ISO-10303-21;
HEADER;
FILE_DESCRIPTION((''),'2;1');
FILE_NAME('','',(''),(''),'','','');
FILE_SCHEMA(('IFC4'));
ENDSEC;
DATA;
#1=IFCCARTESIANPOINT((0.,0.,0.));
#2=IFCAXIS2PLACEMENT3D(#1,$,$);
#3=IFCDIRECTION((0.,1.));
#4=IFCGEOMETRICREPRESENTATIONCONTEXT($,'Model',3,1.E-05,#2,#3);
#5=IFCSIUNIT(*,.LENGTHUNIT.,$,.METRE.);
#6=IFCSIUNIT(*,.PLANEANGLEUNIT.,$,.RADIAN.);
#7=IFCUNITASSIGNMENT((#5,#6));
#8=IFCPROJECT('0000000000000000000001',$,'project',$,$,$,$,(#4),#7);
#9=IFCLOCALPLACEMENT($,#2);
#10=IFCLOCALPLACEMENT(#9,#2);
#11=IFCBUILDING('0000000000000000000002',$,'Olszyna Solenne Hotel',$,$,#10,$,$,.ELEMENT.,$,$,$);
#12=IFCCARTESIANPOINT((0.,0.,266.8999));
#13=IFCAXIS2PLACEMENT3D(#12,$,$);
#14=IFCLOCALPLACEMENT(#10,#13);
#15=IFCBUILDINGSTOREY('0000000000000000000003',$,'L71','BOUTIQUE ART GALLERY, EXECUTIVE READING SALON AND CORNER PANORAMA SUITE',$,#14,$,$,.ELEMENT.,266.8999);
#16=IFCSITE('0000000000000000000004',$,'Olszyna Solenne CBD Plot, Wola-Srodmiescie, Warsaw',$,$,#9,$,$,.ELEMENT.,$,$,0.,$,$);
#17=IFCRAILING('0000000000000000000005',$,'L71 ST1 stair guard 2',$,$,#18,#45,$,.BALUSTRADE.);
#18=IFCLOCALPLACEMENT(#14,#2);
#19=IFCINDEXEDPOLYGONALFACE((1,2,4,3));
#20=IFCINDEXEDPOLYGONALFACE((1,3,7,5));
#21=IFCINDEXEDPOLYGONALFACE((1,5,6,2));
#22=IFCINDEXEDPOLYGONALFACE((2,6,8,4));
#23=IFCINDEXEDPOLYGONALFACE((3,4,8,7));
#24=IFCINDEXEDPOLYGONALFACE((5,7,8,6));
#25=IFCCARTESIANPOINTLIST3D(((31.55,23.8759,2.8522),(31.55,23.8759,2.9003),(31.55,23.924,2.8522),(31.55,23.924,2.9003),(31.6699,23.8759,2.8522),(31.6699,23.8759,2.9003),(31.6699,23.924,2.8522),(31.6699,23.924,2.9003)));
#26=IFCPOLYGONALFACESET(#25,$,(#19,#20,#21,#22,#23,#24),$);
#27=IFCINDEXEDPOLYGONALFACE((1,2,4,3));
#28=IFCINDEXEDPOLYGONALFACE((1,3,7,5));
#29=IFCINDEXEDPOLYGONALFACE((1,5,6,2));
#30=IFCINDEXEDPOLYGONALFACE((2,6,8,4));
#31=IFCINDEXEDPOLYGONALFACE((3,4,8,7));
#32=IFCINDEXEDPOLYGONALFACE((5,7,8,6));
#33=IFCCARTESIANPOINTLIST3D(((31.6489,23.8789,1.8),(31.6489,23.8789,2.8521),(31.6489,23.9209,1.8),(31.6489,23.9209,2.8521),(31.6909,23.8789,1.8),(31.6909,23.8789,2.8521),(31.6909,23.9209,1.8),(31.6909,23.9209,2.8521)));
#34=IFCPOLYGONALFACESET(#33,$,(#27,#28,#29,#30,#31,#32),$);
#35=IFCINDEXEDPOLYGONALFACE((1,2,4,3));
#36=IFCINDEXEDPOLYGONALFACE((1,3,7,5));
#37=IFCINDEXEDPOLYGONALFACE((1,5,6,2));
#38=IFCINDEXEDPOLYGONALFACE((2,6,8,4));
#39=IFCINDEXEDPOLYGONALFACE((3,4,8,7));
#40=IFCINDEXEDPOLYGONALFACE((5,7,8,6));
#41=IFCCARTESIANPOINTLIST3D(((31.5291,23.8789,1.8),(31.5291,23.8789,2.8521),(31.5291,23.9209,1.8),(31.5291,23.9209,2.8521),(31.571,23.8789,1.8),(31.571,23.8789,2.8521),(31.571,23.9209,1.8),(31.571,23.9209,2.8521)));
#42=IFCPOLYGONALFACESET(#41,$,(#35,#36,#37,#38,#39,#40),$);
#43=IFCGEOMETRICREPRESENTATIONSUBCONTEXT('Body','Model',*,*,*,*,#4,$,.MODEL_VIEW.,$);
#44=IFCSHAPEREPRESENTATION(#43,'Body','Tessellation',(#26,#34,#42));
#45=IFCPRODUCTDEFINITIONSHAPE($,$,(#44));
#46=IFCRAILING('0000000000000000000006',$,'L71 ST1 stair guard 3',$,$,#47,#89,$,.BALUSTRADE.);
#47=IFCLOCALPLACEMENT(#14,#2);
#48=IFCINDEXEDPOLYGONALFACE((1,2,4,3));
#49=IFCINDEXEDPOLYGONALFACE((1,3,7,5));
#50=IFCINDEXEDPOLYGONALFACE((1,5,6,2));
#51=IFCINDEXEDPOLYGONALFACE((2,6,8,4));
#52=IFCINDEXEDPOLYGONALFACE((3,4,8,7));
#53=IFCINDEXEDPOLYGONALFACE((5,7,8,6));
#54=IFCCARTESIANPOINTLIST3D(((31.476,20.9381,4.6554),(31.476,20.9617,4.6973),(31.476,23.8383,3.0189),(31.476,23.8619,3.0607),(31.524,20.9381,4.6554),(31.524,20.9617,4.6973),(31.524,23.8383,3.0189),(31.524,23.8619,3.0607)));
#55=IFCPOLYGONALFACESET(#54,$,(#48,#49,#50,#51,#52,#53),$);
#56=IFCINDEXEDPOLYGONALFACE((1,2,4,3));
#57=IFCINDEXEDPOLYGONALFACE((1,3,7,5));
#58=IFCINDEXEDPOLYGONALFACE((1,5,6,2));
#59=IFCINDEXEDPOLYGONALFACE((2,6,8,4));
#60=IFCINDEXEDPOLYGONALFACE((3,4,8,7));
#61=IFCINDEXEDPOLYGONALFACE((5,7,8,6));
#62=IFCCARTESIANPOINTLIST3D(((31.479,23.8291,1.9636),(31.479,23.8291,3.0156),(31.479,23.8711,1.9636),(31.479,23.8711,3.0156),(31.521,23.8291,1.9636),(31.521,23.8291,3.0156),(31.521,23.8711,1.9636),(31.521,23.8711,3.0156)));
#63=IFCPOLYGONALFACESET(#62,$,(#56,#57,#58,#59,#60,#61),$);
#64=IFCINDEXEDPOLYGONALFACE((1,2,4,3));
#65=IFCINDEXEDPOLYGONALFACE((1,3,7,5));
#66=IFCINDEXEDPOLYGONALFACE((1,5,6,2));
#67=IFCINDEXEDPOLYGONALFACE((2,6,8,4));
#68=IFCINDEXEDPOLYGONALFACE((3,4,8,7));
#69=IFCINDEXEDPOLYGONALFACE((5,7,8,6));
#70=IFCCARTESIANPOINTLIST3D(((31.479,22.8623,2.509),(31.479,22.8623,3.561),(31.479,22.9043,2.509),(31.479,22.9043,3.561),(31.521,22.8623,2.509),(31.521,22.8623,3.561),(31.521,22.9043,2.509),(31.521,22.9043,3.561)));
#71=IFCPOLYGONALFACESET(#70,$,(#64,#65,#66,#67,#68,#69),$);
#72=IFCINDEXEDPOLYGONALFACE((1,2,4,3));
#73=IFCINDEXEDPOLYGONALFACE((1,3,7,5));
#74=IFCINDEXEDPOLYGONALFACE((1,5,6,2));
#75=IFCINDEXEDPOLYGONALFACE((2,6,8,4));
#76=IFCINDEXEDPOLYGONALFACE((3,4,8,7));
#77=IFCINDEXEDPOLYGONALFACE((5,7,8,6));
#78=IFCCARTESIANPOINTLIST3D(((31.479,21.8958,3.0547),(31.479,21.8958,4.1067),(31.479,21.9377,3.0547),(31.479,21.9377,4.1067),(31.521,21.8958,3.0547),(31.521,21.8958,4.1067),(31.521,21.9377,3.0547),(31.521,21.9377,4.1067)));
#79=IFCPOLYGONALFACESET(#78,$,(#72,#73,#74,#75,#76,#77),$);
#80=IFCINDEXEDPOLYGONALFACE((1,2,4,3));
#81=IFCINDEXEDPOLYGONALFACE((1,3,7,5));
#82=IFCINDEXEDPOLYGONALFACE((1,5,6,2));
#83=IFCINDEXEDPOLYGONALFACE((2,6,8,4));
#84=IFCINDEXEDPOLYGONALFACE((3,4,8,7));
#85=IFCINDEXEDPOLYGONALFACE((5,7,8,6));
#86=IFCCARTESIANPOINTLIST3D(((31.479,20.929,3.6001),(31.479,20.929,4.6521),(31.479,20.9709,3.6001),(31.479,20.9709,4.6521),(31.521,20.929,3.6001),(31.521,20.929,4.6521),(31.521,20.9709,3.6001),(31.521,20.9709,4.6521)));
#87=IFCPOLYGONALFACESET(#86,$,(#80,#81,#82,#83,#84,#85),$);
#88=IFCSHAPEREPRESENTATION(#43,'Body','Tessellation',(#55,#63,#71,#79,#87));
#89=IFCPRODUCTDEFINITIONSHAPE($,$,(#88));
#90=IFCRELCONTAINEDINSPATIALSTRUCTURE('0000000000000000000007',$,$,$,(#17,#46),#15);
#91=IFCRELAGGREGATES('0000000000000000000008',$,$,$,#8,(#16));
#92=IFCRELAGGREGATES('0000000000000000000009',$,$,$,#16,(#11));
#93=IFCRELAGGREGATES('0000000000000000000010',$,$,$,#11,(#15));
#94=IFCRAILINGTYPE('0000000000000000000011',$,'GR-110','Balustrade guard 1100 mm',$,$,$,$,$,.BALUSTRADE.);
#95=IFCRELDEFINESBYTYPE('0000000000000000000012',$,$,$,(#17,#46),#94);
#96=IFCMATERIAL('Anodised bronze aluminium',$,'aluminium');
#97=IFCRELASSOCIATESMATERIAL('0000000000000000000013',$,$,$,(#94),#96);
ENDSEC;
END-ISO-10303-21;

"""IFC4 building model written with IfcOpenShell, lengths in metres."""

from ifc_helpers import new_model, si_unit, direction, frame, origin, origin_2d, place, context, subcontext, project, spatial, rectangle, extrude, material, type_object, element, save


model = new_model("IFC4")

# Units and contexts
model_context = context("Model", 3, precision=1e-05, world=origin(), true_north=direction((0.0, 1.0)))
body_context = subcontext(model_context, "Body", "Model", "MODEL_VIEW")
ifc_project = project(units=[si_unit("LENGTHUNIT", "METRE"), si_unit("PLANEANGLEUNIT", "RADIAN")], contexts=[model_context])

# Site, building, storey
site_placement = place(None, origin())
site = spatial("IfcSite", under=ifc_project, at=site_placement, Name="Olszyna Solenne CBD Plot, Wola-Srodmiescie, Warsaw", CompositionType="ELEMENT", RefElevation=0.0)
building_placement = place(site_placement, origin())
building = spatial("IfcBuilding", under=site, at=building_placement, Name="Olszyna Solenne Hotel", CompositionType="ELEMENT")
storey_placement = place(building_placement, frame((0.0, 0.0, 266.8999)))
storey = spatial("IfcBuildingStorey", under=building, at=storey_placement, Name="L71", Description="BOUTIQUE ART GALLERY, EXECUTIVE READING SALON AND CORNER PANORAMA SUITE", CompositionType="ELEMENT", Elevation=266.8999)

# Railings
ifc_material_1 = material(Name="Anodised bronze aluminium", Category="aluminium")
railing_type = type_object("IfcRailingType", Name="GR-110", Description="Balustrade guard 1100 mm", PredefinedType="BALUSTRADE", material=ifc_material_1)
railing_1_placement = place(storey_placement, frame((31.6699, 23.8999, 1.8)))
element("IfcRailing", 1, at=railing_1_placement, inside=storey, type_object=railing_type, Name="L71 ST1 stair guard 2", PredefinedType="BALUSTRADE", context=body_context, shape_type="SweptSolid", body=[
    extrude(rectangle(XDim=0.0481, YDim=0.0481, at=origin_2d()), frame((0.0, 0.0, 1.0762), z_axis=(-1.0, 0.0, 0.0), x_axis=(0.0, -1.0, 0.0)), (0.0, 0.0, 1.0), 0.1199),
    extrude(rectangle(XDim=0.042, YDim=0.042, at=origin_2d()), origin(), (0.0, 0.0, 1.0), 1.052),
    extrude(rectangle(XDim=0.042, YDim=0.042, at=origin_2d()), frame((-0.1199, 0.0, 0.0)), (0.0, 0.0, 1.0), 1.052),
])
railing_2_placement = place(storey_placement, frame((31.5, 23.8501, 1.9636)))
element("IfcRailing", 2, at=railing_2_placement, inside=storey, type_object=railing_type, Name="L71 ST1 stair guard 3", PredefinedType="BALUSTRADE", context=body_context, shape_type="SweptSolid", body=[
    extrude(rectangle(XDim=0.0481, YDim=0.0481, at=origin_2d()), frame((0.0, 0.0, 1.0762), z_axis=(0.0, -0.870915, 0.491434), x_axis=(1.0, 0.0, 0.0)), (0.0, 0.0, 1.0), 3.3301),
    extrude(rectangle(XDim=0.042, YDim=0.042, at=origin_2d()), origin(), (0.0, 0.0, 1.0), 1.052),
    extrude(rectangle(XDim=0.042, YDim=0.042, at=origin_2d()), frame((0.0, -0.9668, 0.5454)), (0.0, 0.0, 1.0), 1.052),
    extrude(rectangle(XDim=0.042, YDim=0.042, at=origin_2d()), frame((0.0, -1.9333, 1.0911)), (0.0, 0.0, 1.0), 1.052),
    extrude(rectangle(XDim=0.042, YDim=0.042, at=origin_2d()), frame((0.0, -2.9001, 1.6365)), (0.0, 0.0, 1.0), 1.052),
])

save(model, "model.ifc")
